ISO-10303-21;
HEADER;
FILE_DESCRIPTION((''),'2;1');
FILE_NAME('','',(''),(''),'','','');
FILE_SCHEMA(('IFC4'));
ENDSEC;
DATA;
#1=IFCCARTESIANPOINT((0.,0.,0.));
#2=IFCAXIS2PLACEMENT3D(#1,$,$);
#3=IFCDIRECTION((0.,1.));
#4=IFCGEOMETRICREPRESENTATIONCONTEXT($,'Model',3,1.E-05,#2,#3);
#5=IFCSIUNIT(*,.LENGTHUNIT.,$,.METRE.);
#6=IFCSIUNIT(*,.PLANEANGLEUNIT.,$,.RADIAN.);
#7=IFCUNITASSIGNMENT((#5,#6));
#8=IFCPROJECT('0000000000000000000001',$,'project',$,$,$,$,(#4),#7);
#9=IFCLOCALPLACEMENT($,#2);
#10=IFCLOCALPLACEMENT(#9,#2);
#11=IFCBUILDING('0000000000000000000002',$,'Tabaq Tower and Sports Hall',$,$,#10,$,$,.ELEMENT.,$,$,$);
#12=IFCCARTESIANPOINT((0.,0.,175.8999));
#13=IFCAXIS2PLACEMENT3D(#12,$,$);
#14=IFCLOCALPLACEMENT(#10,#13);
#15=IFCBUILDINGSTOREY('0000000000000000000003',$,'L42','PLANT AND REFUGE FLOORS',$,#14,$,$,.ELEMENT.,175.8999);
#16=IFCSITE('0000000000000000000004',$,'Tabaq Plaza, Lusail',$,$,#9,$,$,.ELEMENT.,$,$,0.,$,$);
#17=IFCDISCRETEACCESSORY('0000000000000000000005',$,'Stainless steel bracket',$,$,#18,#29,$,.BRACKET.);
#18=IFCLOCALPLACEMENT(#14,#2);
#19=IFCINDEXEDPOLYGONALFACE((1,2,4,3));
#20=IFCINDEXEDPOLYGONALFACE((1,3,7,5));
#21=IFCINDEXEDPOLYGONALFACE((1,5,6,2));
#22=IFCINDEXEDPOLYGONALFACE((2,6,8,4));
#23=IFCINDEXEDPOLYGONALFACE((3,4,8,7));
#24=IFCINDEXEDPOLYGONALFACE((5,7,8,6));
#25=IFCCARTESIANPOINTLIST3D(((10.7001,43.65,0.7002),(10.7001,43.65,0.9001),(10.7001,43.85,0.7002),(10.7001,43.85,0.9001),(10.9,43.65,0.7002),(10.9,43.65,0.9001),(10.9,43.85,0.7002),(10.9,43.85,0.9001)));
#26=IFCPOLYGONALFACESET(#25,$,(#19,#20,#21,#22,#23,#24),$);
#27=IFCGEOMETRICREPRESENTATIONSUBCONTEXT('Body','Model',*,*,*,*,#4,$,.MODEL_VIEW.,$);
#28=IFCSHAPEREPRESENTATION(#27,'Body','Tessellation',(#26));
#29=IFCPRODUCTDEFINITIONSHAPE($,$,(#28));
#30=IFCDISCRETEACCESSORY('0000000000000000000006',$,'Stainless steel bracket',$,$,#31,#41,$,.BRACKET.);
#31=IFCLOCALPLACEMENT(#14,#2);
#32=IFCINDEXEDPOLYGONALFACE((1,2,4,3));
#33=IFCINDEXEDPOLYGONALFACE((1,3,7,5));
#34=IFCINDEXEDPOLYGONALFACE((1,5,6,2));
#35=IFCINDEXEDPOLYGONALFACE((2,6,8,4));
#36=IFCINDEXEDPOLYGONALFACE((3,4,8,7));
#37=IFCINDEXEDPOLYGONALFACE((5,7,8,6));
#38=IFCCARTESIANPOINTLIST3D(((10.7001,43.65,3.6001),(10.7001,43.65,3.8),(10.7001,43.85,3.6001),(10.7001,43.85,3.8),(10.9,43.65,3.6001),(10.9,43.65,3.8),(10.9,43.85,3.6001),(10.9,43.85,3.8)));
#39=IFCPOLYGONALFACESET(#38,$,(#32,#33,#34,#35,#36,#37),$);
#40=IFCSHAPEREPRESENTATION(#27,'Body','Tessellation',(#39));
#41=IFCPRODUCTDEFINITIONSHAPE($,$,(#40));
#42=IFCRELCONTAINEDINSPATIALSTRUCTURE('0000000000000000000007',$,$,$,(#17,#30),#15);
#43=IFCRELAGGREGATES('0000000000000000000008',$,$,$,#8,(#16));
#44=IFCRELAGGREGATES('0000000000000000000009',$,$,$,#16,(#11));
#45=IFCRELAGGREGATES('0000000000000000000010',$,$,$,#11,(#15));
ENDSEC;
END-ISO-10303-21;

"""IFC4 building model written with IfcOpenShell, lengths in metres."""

from ifc_helpers import new_model, si_unit, direction, frame, origin, origin_2d, place, context, subcontext, project, spatial, rectangle, extrude, element, save


model = new_model("IFC4")

# Units and contexts
model_context = context("Model", 3, precision=1e-05, world=origin(), true_north=direction((0.0, 1.0)))
body_context = subcontext(model_context, "Body", "Model", "MODEL_VIEW")
ifc_project = project(units=[si_unit("LENGTHUNIT", "METRE"), si_unit("PLANEANGLEUNIT", "RADIAN")], contexts=[model_context])

# Site, building, storey
site_placement = place(None, origin())
site = spatial("IfcSite", under=ifc_project, at=site_placement, Name="Tabaq Plaza, Lusail", CompositionType="ELEMENT", RefElevation=0.0)
building_placement = place(site_placement, origin())
building = spatial("IfcBuilding", under=site, at=building_placement, Name="Tabaq Tower and Sports Hall", CompositionType="ELEMENT")
storey_placement = place(building_placement, frame((0.0, 0.0, 175.8999)))
storey = spatial("IfcBuildingStorey", under=building, at=storey_placement, Name="L42", Description="PLANT AND REFUGE FLOORS", CompositionType="ELEMENT", Elevation=175.8999)

# Discrete accessories
for number, where, z_axis, x_axis, name in (
    (1, (10.8, 43.75, 0.7002), (0.0, 0.0, 1.0), (0.0, -1.0, 0.0), "Stainless steel bracket"),
    (2, (10.8, 43.75, 3.6001), (0.0, 0.0, 1.0), (0.0, -1.0, 0.0), "Stainless steel bracket"),
):
    element("IfcDiscreteAccessory", number, at=place(storey_placement, frame(where, z_axis=z_axis, x_axis=x_axis)), inside=storey, Name=name, PredefinedType="BRACKET", context=body_context, shape_type="SweptSolid", body=[
        extrude(rectangle(XDim=0.2, YDim=0.2, at=origin_2d()), origin(), (0.0, 0.0, 1.0), 0.2),
    ])

save(model, "model.ifc")
